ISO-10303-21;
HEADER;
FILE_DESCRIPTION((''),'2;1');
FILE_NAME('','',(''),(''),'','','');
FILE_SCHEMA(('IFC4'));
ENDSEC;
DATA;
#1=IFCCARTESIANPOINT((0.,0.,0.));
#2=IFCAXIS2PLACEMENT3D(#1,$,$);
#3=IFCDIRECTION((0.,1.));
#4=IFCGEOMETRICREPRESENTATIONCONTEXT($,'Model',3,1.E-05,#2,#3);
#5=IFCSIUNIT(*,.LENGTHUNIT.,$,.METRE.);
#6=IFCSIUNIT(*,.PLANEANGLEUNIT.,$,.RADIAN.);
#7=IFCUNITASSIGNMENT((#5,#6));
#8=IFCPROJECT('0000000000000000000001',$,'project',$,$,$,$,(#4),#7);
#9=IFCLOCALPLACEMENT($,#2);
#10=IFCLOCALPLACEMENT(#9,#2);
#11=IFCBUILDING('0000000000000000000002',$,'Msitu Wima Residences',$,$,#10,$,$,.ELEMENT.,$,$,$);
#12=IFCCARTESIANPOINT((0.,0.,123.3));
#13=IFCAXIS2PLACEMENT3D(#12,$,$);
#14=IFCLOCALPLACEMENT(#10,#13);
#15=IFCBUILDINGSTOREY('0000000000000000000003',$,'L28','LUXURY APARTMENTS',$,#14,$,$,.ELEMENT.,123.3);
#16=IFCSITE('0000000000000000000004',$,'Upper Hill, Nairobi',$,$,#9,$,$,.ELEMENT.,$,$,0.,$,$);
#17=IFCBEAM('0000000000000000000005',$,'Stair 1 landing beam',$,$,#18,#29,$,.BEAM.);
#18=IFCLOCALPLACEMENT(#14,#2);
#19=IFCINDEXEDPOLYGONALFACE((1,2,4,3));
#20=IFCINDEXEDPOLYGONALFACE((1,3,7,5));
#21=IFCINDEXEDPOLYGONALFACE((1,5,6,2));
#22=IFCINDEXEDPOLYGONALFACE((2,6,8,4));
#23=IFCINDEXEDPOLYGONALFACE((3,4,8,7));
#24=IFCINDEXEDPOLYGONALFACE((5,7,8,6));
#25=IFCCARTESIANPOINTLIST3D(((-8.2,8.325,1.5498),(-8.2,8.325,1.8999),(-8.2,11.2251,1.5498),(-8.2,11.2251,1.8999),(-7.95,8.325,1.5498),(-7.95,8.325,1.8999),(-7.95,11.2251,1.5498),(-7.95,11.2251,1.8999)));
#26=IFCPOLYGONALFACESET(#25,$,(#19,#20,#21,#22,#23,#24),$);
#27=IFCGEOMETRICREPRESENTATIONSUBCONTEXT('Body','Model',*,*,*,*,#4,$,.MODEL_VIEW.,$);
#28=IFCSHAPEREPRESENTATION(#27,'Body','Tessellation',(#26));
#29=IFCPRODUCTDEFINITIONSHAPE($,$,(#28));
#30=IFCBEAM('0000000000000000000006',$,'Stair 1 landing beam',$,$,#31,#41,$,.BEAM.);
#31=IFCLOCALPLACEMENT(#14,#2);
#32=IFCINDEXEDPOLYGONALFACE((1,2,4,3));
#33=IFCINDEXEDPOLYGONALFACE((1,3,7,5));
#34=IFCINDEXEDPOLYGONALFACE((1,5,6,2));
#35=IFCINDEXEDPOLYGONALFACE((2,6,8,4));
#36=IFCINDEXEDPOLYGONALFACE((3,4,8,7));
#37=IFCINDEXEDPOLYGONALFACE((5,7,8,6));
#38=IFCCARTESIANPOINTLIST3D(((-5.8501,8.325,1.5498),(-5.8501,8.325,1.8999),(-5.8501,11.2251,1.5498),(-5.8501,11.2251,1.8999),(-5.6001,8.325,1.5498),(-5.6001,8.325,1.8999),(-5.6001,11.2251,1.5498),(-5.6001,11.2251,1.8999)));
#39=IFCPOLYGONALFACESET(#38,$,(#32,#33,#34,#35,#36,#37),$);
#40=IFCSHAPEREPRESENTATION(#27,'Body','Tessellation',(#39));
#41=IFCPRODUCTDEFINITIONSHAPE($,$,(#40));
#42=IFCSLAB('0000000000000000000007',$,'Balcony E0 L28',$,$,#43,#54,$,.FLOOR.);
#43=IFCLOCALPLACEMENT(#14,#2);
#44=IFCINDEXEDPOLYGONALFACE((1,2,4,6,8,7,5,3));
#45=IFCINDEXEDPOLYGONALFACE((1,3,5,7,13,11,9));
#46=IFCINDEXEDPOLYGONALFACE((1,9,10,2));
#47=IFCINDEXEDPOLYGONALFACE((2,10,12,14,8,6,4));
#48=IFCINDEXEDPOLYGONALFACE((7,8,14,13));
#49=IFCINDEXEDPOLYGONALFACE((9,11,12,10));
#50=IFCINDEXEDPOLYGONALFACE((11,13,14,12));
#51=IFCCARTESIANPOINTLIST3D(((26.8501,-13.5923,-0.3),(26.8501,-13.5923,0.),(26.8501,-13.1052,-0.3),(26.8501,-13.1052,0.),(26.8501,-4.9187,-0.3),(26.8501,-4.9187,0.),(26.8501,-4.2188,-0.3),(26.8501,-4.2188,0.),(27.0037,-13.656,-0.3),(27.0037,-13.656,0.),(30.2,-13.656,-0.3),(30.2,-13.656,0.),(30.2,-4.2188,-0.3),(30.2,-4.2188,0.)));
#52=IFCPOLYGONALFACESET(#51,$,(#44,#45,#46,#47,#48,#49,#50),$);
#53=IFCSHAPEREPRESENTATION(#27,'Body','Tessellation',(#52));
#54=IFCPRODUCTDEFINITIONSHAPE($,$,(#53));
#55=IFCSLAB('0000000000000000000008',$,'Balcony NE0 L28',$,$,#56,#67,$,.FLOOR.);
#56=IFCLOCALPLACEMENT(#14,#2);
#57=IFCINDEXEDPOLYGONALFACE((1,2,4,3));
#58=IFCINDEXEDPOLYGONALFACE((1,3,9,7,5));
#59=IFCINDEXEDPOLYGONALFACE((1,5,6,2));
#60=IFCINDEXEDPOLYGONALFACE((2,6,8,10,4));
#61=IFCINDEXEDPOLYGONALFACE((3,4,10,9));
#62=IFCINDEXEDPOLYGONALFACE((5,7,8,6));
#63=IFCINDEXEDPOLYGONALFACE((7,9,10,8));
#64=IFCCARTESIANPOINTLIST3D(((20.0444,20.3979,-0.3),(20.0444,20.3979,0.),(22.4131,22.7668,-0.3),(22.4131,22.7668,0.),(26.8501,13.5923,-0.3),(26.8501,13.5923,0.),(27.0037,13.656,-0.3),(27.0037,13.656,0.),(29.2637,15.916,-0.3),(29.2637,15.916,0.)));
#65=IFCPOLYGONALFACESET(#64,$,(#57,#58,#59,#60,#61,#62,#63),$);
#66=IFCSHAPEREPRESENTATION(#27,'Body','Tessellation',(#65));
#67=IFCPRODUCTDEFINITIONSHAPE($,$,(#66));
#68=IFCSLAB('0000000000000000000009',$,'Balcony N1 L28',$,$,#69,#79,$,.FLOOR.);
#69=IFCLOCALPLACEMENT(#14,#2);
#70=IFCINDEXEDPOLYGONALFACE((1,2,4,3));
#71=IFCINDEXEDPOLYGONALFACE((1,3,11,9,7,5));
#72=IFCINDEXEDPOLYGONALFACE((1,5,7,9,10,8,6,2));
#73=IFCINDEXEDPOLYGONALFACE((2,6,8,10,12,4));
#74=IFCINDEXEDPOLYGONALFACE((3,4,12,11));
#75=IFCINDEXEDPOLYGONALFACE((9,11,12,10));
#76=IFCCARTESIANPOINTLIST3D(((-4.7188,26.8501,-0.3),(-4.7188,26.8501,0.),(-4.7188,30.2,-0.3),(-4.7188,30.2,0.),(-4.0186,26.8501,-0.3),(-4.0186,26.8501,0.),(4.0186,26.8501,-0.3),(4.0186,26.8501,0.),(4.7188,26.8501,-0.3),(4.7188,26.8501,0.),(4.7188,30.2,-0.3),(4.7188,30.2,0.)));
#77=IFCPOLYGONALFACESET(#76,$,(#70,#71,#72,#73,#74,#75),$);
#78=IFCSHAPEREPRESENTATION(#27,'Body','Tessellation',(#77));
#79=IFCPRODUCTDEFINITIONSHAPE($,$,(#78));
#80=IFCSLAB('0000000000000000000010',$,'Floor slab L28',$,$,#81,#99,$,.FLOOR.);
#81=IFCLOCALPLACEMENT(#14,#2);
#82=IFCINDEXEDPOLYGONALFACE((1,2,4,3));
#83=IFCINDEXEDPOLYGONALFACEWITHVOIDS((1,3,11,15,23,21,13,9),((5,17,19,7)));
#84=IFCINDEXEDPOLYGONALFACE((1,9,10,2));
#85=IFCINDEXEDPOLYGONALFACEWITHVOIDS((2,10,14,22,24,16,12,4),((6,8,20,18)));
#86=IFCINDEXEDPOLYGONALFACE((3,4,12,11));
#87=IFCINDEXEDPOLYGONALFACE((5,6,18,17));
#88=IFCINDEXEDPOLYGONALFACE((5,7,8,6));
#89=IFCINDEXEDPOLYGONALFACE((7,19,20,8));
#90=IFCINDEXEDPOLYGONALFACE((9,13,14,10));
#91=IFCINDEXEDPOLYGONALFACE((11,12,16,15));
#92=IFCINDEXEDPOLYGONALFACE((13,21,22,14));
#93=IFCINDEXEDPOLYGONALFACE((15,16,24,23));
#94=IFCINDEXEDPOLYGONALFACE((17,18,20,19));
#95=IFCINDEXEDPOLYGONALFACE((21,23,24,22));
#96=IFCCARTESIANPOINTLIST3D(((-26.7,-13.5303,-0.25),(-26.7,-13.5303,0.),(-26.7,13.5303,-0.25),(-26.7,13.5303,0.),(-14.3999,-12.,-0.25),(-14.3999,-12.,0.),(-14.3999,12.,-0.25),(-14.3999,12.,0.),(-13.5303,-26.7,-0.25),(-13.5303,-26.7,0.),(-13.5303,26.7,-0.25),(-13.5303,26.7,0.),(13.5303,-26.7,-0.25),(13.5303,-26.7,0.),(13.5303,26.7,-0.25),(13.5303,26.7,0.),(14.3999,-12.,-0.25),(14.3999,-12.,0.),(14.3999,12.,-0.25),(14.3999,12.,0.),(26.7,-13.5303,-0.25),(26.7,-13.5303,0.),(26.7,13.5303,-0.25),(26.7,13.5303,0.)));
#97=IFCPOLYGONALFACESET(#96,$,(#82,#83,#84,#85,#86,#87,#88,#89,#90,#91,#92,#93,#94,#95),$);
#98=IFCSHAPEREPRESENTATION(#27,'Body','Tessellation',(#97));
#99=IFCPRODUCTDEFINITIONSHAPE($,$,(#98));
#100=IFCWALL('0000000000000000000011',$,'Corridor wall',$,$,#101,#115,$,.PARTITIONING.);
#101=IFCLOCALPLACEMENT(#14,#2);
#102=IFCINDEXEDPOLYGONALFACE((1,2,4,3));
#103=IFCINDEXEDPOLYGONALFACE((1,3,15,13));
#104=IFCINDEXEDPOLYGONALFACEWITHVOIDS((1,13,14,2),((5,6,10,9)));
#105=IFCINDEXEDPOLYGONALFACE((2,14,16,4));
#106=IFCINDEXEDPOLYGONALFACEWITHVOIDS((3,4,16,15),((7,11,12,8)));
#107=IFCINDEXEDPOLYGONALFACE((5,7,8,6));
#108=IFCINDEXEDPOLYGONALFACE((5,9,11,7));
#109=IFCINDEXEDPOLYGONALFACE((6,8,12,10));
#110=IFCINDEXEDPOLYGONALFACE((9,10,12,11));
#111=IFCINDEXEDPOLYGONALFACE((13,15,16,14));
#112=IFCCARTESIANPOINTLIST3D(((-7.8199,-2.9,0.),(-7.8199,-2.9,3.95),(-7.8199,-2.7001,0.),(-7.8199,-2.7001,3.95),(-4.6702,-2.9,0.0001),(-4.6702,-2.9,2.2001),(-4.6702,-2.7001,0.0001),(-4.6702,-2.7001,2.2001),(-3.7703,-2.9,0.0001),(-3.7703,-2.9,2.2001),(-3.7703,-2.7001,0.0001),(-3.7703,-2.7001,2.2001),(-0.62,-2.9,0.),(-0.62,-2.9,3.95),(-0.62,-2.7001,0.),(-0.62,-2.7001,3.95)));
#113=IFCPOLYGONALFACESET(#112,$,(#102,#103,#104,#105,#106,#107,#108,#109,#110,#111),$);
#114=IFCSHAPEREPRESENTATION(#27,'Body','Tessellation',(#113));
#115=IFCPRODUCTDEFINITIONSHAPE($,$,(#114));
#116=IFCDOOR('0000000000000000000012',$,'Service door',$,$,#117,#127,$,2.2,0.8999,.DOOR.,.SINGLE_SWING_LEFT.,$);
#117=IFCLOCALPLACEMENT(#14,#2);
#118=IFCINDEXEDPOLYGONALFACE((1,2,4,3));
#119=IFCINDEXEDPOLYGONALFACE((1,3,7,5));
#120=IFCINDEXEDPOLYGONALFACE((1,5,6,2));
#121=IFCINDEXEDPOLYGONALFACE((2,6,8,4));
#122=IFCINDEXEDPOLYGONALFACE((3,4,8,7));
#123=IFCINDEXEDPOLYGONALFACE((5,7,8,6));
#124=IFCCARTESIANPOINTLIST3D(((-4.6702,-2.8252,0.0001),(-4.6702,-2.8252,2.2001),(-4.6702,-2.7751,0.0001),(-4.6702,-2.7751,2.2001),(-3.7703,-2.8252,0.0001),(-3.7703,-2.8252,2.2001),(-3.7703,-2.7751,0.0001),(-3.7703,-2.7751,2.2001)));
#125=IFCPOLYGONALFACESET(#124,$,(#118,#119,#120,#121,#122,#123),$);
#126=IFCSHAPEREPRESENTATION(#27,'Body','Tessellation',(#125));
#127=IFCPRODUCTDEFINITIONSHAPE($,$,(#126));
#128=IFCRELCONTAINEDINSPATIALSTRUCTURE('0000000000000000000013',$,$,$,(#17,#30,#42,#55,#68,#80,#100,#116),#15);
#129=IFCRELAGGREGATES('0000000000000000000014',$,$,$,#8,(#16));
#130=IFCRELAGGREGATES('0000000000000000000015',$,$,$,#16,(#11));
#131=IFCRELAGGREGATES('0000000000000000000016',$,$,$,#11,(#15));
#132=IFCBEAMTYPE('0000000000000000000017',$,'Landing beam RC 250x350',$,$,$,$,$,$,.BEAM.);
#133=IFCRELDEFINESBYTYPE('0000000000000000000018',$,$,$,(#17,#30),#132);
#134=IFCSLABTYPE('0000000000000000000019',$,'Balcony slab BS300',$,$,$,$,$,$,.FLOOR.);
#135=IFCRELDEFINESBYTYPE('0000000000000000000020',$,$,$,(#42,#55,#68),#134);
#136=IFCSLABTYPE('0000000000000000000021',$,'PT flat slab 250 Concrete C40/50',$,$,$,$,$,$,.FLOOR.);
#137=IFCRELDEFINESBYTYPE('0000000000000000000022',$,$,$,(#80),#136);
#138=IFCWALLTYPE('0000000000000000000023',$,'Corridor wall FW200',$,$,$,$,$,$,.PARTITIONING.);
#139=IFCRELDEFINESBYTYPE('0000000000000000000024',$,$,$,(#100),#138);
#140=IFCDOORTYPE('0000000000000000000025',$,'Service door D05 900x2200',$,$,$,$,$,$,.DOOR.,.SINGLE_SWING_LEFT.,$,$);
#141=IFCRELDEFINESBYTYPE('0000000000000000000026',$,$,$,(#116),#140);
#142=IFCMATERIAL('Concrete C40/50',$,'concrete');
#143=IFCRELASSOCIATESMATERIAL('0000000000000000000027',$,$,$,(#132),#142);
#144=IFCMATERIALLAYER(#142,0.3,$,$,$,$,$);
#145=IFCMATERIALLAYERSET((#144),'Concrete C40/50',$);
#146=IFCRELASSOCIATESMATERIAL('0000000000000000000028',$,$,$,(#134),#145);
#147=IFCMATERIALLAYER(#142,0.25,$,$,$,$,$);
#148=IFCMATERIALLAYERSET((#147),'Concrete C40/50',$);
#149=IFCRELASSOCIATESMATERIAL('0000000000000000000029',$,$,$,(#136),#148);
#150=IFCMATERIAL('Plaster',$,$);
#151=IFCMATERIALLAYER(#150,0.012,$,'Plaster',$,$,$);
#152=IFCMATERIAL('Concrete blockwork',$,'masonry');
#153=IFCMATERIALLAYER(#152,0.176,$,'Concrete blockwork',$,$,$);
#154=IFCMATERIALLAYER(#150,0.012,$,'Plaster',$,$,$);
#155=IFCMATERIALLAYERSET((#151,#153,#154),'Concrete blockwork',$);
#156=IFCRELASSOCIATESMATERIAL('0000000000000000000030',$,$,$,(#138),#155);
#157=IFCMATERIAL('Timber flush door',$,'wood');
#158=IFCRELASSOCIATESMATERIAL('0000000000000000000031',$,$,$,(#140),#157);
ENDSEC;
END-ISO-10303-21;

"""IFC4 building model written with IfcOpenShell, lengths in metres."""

from ifc_helpers import new_model, si_unit, direction, frame, frame_2d, origin, origin_2d, place, context, subcontext, project, spatial, polyline, rectangle, outline, extrude, material, layer, layer_set, material_profile, profile_set, type_object, element, fill, save


model = new_model("IFC4")

# Units and contexts
model_context = context("Model", 3, precision=1e-05, world=origin(), true_north=direction((0.0, 1.0)))
body_context = subcontext(model_context, "Body", "Model", "MODEL_VIEW")
ifc_project = project(units=[si_unit("LENGTHUNIT", "METRE"), si_unit("PLANEANGLEUNIT", "RADIAN")], contexts=[model_context])

# Site, building, storey
site_placement = place(None, origin())
site = spatial("IfcSite", under=ifc_project, at=site_placement, Name="Upper Hill, Nairobi", CompositionType="ELEMENT", RefElevation=0.0)
building_placement = place(site_placement, origin())
building = spatial("IfcBuilding", under=site, at=building_placement, Name="Msitu Wima Residences", CompositionType="ELEMENT")
storey_placement = place(building_placement, frame((0.0, 0.0, 123.3)))
storey = spatial("IfcBuildingStorey", under=building, at=storey_placement, Name="L28", Description="LUXURY APARTMENTS", CompositionType="ELEMENT", Elevation=123.3)

# Beams
ifc_material_1 = material(Name="Concrete C40/50", Category="concrete")
ifc_material_profile = material_profile(ifc_material_1, rectangle(XDim=0.25, YDim=0.3501, at=origin_2d()), Name="RC 250x350")
ifc_profile_set = profile_set([ifc_material_profile], Name="Concrete C40/50")
beam_type = type_object("IfcBeamType", Name="Landing beam RC 250x350", PredefinedType="BEAM", material=ifc_profile_set)
for number, where, z_axis, x_axis, name in (
    (1, (-8.075, 8.325, 1.7249), (0.0, 1.0, 0.0), (-1.0, 0.0, 0.0), "Stair 1 landing beam"),
    (2, (-5.7251, 8.325, 1.7249), (0.0, 1.0, 0.0), (-1.0, 0.0, 0.0), "Stair 1 landing beam"),
):
    element("IfcBeam", number, at=place(storey_placement, frame(where, z_axis=z_axis, x_axis=x_axis)), inside=storey, type_object=beam_type, Name=name, PredefinedType="BEAM", context=body_context, shape_type="SweptSolid", body=[
        extrude(rectangle(XDim=0.25, YDim=0.3501, at=origin_2d()), origin(), (0.0, 0.0, 1.0), 2.9001),
    ])

# Slabs
ifc_layer_1 = layer(ifc_material_1, 0.3)
ifc_layer_set_1 = layer_set([ifc_layer_1], Name="Concrete C40/50")
slab_type_1 = type_object("IfcSlabType", Name="Balcony slab BS300", PredefinedType="FLOOR", material=ifc_layer_set_1)
slab_1_placement = place(storey_placement, frame((0.0, 0.0, -0.3)))
element("IfcSlab", 3, at=slab_1_placement, inside=storey, type_object=slab_type_1, Name="Balcony E0 L28", PredefinedType="FLOOR", context=body_context, shape_type="SweptSolid", body=[
    extrude(outline(polyline([(26.8501, -13.1052), (26.8501, -13.1052), (26.8501, -4.9187), (26.8501, -4.9187), (26.8501, -4.2188), (30.2, -4.2188), (30.2, -13.656), (27.0037, -13.656), (26.8501, -13.5923), (26.8501, -13.1052), (26.8501, -13.1052)])), origin(), (0.0, 0.0, 1.0), 0.3),
])
slab_2_placement = place(storey_placement, frame((0.0, 0.0, -0.3)))
element("IfcSlab", 4, at=slab_2_placement, inside=storey, type_object=slab_type_1, Name="Balcony NE0 L28", PredefinedType="FLOOR", context=body_context, shape_type="SweptSolid", body=[
    extrude(outline(polyline([(22.4131, 22.7668), (29.2637, 15.916), (27.0037, 13.656), (26.8501, 13.5923), (20.0444, 20.3979), (22.4131, 22.7668)])), origin(), (0.0, 0.0, 1.0), 0.3),
])
slab_3_placement = place(storey_placement, frame((0.0, 0.0, -0.3)))
element("IfcSlab", 5, at=slab_3_placement, inside=storey, type_object=slab_type_1, Name="Balcony N1 L28", PredefinedType="FLOOR", context=body_context, shape_type="SweptSolid", body=[
    extrude(outline(polyline([(-4.0186, 26.8501), (-4.0186, 26.8501), (-4.7188, 26.8501), (-4.7188, 30.2), (4.7188, 30.2), (4.7188, 26.8501), (4.0186, 26.8501), (4.0186, 26.8501), (-4.0186, 26.8501)])), origin(), (0.0, 0.0, 1.0), 0.3),
])
ifc_layer_2 = layer(ifc_material_1, 0.25)
ifc_layer_set_2 = layer_set([ifc_layer_2], Name="Concrete C40/50")
slab_type_2 = type_object("IfcSlabType", Name="PT flat slab 250 Concrete C40/50", PredefinedType="FLOOR", material=ifc_layer_set_2)
slab_4_placement = place(storey_placement, frame((0.0, 0.0, -0.25)))
element("IfcSlab", 6, at=slab_4_placement, inside=storey, type_object=slab_type_2, Name="Floor slab L28", PredefinedType="FLOOR", context=body_context, shape_type="SweptSolid", body=[
    extrude(outline(polyline([(26.7, -13.5303), (13.5303, -26.7), (-13.5303, -26.7), (-26.7, -13.5303), (-26.7, 13.5303), (-13.5303, 26.7), (13.5303, 26.7), (26.7, 13.5303), (26.7, -13.5303)]), holes=[polyline([(-14.3999, -12.0), (14.3999, -12.0), (14.3999, 12.0), (-14.3999, 12.0), (-14.3999, -12.0)])]), origin(), (0.0, 0.0, 1.0), 0.25),
])

# Wall, opening, door
ifc_material_2 = material(Name="Plaster")
ifc_layer_3 = layer(ifc_material_2, 0.012, Name="Plaster")
ifc_material_3 = material(Name="Concrete blockwork", Category="masonry")
ifc_layer_4 = layer(ifc_material_3, 0.176, Name="Concrete blockwork")
ifc_layer_5 = layer(ifc_material_2, 0.012, Name="Plaster")
ifc_layer_set_3 = layer_set([ifc_layer_3, ifc_layer_4, ifc_layer_5], Name="Concrete blockwork")
wall_type_1 = type_object("IfcWallType", Name="Corridor wall FW200", PredefinedType="PARTITIONING", material=ifc_layer_set_3)
wall_1_placement = place(storey_placement, frame((-7.8201, -2.8, 0.0), z_axis=(0.0, 0.0, 1.0), x_axis=(1.0, 0.0, 0.0)))
wall_1 = element("IfcWall", 7, at=wall_1_placement, inside=storey, type_object=wall_type_1, Name="Corridor wall", PredefinedType="PARTITIONING", context=body_context, shape_type="SweptSolid", body=[
    extrude(rectangle(XDim=7.2, YDim=0.2, at=frame_2d((3.6001, 0.0))), origin(), (0.0, 0.0, 1.0), 3.95),
])
opening_1_placement = place(wall_1_placement, frame((3.1499, 0.0, 0.0)))
opening_1 = element("IfcOpeningElement", 8, at=opening_1_placement, cuts=wall_1, PredefinedType="OPENING", context=body_context, shape_type="SweptSolid", body=[
    extrude(rectangle(XDim=0.8999, YDim=2.2, at=frame_2d((0.45, 1.1001))), frame((0.0, 0.1099, 0.0), z_axis=(0.0, -1.0, 0.0), x_axis=(1.0, 0.0, 0.0)), (0.0, 0.0, 1.0), 0.22),
])
ifc_material_4 = material(Name="Timber flush door", Category="wood")
door_type_1 = type_object("IfcDoorType", Name="Service door D05 900x2200", OperationType="SINGLE_SWING_LEFT", PredefinedType="DOOR", material=ifc_material_4)
door_1_placement = place(opening_1_placement, origin())
door_1 = element("IfcDoor", 9, at=door_1_placement, inside=storey, type_object=door_type_1, Name="Service door", OperationType="SINGLE_SWING_LEFT", OverallHeight=2.2, OverallWidth=0.8999, PredefinedType="DOOR", context=body_context, shape_type="SweptSolid", body=[
    extrude(rectangle(XDim=0.8999, YDim=2.2, at=frame_2d((0.45, 1.1001))), frame((0.0, 0.0249, 0.0), z_axis=(0.0, -1.0, 0.0), x_axis=(1.0, 0.0, 0.0)), (0.0, 0.0, 1.0), 0.05),
])
fill(opening_1, door_1)

save(model, "model.ifc")
